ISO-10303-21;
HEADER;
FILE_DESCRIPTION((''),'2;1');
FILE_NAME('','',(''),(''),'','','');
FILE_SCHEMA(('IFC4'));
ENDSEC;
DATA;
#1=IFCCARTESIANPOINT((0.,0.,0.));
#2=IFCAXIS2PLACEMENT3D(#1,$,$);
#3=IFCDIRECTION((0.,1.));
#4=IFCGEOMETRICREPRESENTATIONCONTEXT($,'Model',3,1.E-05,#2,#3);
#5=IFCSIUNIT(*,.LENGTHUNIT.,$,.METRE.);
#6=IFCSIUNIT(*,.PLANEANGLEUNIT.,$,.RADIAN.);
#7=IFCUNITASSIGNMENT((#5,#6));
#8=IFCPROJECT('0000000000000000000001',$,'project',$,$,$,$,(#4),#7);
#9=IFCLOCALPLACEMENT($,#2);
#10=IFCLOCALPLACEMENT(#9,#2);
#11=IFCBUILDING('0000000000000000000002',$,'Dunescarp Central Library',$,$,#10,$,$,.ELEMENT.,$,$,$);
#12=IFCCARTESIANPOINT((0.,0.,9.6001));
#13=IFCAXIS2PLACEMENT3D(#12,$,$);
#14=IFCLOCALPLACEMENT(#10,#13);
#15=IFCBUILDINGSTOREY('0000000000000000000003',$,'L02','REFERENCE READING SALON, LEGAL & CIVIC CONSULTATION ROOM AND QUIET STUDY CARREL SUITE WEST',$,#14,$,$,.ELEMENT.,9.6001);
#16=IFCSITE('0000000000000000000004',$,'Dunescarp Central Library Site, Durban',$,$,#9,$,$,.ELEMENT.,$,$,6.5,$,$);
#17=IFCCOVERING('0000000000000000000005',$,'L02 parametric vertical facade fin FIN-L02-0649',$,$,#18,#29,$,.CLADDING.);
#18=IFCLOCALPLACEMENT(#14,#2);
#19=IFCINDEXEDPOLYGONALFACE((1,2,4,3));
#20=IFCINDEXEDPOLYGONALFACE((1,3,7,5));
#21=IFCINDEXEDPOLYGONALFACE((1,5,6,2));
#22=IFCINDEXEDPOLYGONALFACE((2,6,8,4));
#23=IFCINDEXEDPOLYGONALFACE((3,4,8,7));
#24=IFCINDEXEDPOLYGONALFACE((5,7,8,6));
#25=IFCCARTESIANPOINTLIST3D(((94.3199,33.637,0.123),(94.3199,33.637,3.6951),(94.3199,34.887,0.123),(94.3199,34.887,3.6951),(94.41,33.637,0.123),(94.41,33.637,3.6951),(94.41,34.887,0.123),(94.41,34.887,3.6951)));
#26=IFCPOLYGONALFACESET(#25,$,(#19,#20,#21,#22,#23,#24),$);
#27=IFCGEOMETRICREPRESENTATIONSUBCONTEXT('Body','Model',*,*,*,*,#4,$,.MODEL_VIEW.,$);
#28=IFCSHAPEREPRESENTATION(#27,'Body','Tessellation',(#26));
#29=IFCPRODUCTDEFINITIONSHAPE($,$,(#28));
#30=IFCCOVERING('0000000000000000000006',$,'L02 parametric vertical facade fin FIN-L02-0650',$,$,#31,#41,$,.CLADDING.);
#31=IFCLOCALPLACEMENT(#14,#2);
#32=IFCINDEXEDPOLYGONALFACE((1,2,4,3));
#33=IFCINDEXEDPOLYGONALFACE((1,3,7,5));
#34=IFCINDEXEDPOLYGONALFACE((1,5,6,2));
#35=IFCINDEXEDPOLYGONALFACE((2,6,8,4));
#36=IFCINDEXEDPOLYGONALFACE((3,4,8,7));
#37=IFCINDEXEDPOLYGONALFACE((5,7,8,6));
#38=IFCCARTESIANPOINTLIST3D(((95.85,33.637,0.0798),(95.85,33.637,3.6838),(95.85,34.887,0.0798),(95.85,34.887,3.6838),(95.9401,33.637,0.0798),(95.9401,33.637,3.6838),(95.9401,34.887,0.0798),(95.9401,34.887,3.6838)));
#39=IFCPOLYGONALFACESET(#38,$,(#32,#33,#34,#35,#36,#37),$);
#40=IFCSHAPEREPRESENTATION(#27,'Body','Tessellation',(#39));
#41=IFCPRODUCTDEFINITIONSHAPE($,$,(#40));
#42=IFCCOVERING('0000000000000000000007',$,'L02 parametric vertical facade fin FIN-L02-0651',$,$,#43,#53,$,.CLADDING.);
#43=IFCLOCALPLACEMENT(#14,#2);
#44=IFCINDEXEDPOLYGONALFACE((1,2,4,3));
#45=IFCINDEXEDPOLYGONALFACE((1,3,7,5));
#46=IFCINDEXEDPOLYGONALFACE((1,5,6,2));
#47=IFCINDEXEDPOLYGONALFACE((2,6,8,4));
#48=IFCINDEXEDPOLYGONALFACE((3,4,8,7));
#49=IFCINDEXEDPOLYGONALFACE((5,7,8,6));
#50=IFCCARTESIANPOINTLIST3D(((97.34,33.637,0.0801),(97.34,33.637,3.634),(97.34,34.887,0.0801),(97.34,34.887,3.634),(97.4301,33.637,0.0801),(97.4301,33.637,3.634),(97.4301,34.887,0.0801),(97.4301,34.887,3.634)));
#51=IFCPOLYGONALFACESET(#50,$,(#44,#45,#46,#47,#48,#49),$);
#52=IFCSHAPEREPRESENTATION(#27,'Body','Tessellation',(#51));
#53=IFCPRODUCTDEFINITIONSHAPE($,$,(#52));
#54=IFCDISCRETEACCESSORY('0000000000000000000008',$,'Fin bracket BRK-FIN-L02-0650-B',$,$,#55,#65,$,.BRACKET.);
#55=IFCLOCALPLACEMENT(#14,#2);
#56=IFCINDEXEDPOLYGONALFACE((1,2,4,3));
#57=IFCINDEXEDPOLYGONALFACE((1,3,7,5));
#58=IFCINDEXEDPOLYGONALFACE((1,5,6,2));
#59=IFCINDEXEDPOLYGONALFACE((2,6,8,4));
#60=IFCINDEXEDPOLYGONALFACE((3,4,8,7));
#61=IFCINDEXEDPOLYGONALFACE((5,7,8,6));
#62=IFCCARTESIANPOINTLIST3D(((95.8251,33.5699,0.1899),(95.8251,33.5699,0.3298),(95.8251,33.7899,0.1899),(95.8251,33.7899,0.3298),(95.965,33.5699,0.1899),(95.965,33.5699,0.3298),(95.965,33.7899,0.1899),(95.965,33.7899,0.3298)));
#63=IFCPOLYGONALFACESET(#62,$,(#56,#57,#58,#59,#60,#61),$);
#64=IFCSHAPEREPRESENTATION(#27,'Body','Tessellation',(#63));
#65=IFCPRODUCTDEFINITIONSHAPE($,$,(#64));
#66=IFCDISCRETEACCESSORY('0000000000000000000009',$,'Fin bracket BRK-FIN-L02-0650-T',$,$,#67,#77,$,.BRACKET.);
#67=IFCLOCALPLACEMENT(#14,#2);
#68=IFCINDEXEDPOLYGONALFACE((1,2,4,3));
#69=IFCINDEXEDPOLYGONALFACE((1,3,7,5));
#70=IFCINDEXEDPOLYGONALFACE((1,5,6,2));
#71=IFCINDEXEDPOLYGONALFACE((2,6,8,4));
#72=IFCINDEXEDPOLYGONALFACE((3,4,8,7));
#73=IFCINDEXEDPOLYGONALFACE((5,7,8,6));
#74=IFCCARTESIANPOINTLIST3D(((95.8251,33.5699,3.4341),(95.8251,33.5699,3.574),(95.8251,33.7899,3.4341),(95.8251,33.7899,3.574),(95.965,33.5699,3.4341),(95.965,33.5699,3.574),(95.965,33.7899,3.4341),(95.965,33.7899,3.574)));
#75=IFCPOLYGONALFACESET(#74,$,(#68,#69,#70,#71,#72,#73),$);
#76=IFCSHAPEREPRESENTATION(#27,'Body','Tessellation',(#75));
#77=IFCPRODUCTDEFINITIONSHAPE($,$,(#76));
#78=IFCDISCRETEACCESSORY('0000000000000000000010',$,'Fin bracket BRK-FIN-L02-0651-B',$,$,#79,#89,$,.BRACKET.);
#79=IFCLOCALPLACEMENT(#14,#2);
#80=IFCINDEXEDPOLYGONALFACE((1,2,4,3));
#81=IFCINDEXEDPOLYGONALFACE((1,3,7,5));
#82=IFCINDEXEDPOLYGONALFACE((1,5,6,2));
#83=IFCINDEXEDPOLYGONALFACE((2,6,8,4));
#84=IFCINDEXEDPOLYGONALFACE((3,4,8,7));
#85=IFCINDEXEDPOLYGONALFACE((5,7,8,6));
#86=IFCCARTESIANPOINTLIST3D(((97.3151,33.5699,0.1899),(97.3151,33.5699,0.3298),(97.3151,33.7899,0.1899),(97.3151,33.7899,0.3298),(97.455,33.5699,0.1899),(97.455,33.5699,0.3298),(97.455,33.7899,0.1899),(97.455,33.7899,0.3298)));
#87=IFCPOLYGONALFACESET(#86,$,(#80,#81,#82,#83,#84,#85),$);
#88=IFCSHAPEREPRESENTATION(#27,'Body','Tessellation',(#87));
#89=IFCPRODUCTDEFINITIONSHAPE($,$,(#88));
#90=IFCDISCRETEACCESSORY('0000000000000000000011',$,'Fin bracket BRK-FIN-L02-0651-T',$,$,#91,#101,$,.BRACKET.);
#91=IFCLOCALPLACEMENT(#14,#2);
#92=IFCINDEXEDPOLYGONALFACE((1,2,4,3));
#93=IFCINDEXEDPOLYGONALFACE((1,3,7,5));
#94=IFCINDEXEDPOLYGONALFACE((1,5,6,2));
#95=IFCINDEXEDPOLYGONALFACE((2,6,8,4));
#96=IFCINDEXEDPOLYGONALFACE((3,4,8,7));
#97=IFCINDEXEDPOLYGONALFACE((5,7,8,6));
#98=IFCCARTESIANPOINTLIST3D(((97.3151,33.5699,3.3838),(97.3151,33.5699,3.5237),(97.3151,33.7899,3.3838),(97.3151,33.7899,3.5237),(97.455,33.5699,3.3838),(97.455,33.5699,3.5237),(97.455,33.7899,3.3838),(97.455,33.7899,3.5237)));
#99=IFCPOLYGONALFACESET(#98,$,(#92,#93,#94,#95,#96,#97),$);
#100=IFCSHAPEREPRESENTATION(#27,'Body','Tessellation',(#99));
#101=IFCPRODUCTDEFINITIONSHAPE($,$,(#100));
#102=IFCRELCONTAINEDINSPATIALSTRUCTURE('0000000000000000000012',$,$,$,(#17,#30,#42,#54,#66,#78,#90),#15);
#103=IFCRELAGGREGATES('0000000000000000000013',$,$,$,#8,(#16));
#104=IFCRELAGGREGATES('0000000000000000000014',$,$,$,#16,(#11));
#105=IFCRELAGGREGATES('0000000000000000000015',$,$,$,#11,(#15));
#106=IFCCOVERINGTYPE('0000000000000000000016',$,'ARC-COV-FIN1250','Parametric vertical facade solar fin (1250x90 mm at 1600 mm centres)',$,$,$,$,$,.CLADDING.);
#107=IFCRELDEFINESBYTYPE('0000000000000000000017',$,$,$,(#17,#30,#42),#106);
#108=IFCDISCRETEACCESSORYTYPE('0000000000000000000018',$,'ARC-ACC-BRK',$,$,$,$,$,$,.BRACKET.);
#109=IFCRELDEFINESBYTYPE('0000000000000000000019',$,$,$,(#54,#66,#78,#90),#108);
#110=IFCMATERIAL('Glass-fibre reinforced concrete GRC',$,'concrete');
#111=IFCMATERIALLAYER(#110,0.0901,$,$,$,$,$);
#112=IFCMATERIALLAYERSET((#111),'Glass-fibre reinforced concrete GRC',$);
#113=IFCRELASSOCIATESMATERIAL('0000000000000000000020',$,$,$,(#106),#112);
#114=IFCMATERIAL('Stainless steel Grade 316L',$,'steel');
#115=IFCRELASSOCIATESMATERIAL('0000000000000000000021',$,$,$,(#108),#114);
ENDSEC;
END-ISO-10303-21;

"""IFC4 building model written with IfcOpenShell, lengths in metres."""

from ifc_helpers import new_model, si_unit, direction, frame, origin, origin_2d, place, context, subcontext, project, spatial, rectangle, extrude, material, layer, layer_set, type_object, element, save


model = new_model("IFC4")

# Units and contexts
model_context = context("Model", 3, precision=1e-05, world=origin(), true_north=direction((0.0, 1.0)))
body_context = subcontext(model_context, "Body", "Model", "MODEL_VIEW")
ifc_project = project(units=[si_unit("LENGTHUNIT", "METRE"), si_unit("PLANEANGLEUNIT", "RADIAN")], contexts=[model_context])

# Site, building, storey
site_placement = place(None, origin())
site = spatial("IfcSite", under=ifc_project, at=site_placement, Name="Dunescarp Central Library Site, Durban", CompositionType="ELEMENT", RefElevation=6.5)
building_placement = place(site_placement, origin())
building = spatial("IfcBuilding", under=site, at=building_placement, Name="Dunescarp Central Library", CompositionType="ELEMENT")
storey_placement = place(building_placement, frame((0.0, 0.0, 9.6001)))
storey = spatial("IfcBuildingStorey", under=building, at=storey_placement, Name="L02", Description="REFERENCE READING SALON, LEGAL & CIVIC CONSULTATION ROOM AND QUIET STUDY CARREL SUITE WEST", CompositionType="ELEMENT", Elevation=9.6001)

# Shared definitions
ifc_material_1 = material(Name="Glass-fibre reinforced concrete GRC", Category="concrete")

# Coverings
ifc_layer_1 = layer(ifc_material_1, 0.0901)
ifc_layer_set_1 = layer_set([ifc_layer_1], Name="Glass-fibre reinforced concrete GRC")
covering_type = type_object("IfcCoveringType", Name="ARC-COV-FIN1250", Description="Parametric vertical facade solar fin (1250x90 mm at 1600 mm centres)", PredefinedType="CLADDING", material=ifc_layer_set_1)
covering_1_placement = place(storey_placement, frame((94.365, 34.262, 0.123), z_axis=(0.0, 0.0, 1.0), x_axis=(0.0, 1.0, 0.0)))
element("IfcCovering", 1, at=covering_1_placement, inside=storey, type_object=covering_type, Name="L02 parametric vertical facade fin FIN-L02-0649", PredefinedType="CLADDING", context=body_context, shape_type="SweptSolid", body=[
    extrude(rectangle(XDim=1.25, YDim=0.0901, at=origin_2d()), origin(), (0.0, 0.0, 1.0), 3.572),
])
covering_2_placement = place(storey_placement, frame((95.895, 34.262, 0.0798), z_axis=(0.0, 0.0, 1.0), x_axis=(0.0, 1.0, 0.0)))
element("IfcCovering", 2, at=covering_2_placement, inside=storey, type_object=covering_type, Name="L02 parametric vertical facade fin FIN-L02-0650", PredefinedType="CLADDING", context=body_context, shape_type="SweptSolid", body=[
    extrude(rectangle(XDim=1.25, YDim=0.0901, at=origin_2d()), origin(), (0.0, 0.0, 1.0), 3.604),
])
covering_3_placement = place(storey_placement, frame((97.385, 34.262, 0.0801), z_axis=(0.0, 0.0, 1.0), x_axis=(0.0, 1.0, 0.0)))
element("IfcCovering", 3, at=covering_3_placement, inside=storey, type_object=covering_type, Name="L02 parametric vertical facade fin FIN-L02-0651", PredefinedType="CLADDING", context=body_context, shape_type="SweptSolid", body=[
    extrude(rectangle(XDim=1.25, YDim=0.0901, at=origin_2d()), origin(), (0.0, 0.0, 1.0), 3.554),
])

# Shared definitions
ifc_material_2 = material(Name="Stainless steel Grade 316L", Category="steel")

# Discrete accessories
discrete_accessory_type = type_object("IfcDiscreteAccessoryType", Name="ARC-ACC-BRK", PredefinedType="BRACKET", material=ifc_material_2)
for number, where, z_axis, x_axis, name in (
    (4, (95.895, 33.6799, 0.1899), (0.0, 0.0, 1.0), (0.0, 1.0, 0.0), "Fin bracket BRK-FIN-L02-0650-B"),
    (5, (95.895, 33.6799, 3.4341), (0.0, 0.0, 1.0), (0.0, 1.0, 0.0), "Fin bracket BRK-FIN-L02-0650-T"),
    (6, (97.385, 33.6799, 0.1899), (0.0, 0.0, 1.0), (0.0, 1.0, 0.0), "Fin bracket BRK-FIN-L02-0651-B"),
    (7, (97.385, 33.6799, 3.3838), (0.0, 0.0, 1.0), (0.0, 1.0, 0.0), "Fin bracket BRK-FIN-L02-0651-T"),
):
    element("IfcDiscreteAccessory", number, at=place(storey_placement, frame(where, z_axis=z_axis, x_axis=x_axis)), inside=storey, type_object=discrete_accessory_type, Name=name, PredefinedType="BRACKET", context=body_context, shape_type="SweptSolid", body=[
        extrude(rectangle(XDim=0.22, YDim=0.1399, at=origin_2d()), origin(), (0.0, 0.0, 1.0), 0.1399),
    ])

save(model, "model.ifc")
